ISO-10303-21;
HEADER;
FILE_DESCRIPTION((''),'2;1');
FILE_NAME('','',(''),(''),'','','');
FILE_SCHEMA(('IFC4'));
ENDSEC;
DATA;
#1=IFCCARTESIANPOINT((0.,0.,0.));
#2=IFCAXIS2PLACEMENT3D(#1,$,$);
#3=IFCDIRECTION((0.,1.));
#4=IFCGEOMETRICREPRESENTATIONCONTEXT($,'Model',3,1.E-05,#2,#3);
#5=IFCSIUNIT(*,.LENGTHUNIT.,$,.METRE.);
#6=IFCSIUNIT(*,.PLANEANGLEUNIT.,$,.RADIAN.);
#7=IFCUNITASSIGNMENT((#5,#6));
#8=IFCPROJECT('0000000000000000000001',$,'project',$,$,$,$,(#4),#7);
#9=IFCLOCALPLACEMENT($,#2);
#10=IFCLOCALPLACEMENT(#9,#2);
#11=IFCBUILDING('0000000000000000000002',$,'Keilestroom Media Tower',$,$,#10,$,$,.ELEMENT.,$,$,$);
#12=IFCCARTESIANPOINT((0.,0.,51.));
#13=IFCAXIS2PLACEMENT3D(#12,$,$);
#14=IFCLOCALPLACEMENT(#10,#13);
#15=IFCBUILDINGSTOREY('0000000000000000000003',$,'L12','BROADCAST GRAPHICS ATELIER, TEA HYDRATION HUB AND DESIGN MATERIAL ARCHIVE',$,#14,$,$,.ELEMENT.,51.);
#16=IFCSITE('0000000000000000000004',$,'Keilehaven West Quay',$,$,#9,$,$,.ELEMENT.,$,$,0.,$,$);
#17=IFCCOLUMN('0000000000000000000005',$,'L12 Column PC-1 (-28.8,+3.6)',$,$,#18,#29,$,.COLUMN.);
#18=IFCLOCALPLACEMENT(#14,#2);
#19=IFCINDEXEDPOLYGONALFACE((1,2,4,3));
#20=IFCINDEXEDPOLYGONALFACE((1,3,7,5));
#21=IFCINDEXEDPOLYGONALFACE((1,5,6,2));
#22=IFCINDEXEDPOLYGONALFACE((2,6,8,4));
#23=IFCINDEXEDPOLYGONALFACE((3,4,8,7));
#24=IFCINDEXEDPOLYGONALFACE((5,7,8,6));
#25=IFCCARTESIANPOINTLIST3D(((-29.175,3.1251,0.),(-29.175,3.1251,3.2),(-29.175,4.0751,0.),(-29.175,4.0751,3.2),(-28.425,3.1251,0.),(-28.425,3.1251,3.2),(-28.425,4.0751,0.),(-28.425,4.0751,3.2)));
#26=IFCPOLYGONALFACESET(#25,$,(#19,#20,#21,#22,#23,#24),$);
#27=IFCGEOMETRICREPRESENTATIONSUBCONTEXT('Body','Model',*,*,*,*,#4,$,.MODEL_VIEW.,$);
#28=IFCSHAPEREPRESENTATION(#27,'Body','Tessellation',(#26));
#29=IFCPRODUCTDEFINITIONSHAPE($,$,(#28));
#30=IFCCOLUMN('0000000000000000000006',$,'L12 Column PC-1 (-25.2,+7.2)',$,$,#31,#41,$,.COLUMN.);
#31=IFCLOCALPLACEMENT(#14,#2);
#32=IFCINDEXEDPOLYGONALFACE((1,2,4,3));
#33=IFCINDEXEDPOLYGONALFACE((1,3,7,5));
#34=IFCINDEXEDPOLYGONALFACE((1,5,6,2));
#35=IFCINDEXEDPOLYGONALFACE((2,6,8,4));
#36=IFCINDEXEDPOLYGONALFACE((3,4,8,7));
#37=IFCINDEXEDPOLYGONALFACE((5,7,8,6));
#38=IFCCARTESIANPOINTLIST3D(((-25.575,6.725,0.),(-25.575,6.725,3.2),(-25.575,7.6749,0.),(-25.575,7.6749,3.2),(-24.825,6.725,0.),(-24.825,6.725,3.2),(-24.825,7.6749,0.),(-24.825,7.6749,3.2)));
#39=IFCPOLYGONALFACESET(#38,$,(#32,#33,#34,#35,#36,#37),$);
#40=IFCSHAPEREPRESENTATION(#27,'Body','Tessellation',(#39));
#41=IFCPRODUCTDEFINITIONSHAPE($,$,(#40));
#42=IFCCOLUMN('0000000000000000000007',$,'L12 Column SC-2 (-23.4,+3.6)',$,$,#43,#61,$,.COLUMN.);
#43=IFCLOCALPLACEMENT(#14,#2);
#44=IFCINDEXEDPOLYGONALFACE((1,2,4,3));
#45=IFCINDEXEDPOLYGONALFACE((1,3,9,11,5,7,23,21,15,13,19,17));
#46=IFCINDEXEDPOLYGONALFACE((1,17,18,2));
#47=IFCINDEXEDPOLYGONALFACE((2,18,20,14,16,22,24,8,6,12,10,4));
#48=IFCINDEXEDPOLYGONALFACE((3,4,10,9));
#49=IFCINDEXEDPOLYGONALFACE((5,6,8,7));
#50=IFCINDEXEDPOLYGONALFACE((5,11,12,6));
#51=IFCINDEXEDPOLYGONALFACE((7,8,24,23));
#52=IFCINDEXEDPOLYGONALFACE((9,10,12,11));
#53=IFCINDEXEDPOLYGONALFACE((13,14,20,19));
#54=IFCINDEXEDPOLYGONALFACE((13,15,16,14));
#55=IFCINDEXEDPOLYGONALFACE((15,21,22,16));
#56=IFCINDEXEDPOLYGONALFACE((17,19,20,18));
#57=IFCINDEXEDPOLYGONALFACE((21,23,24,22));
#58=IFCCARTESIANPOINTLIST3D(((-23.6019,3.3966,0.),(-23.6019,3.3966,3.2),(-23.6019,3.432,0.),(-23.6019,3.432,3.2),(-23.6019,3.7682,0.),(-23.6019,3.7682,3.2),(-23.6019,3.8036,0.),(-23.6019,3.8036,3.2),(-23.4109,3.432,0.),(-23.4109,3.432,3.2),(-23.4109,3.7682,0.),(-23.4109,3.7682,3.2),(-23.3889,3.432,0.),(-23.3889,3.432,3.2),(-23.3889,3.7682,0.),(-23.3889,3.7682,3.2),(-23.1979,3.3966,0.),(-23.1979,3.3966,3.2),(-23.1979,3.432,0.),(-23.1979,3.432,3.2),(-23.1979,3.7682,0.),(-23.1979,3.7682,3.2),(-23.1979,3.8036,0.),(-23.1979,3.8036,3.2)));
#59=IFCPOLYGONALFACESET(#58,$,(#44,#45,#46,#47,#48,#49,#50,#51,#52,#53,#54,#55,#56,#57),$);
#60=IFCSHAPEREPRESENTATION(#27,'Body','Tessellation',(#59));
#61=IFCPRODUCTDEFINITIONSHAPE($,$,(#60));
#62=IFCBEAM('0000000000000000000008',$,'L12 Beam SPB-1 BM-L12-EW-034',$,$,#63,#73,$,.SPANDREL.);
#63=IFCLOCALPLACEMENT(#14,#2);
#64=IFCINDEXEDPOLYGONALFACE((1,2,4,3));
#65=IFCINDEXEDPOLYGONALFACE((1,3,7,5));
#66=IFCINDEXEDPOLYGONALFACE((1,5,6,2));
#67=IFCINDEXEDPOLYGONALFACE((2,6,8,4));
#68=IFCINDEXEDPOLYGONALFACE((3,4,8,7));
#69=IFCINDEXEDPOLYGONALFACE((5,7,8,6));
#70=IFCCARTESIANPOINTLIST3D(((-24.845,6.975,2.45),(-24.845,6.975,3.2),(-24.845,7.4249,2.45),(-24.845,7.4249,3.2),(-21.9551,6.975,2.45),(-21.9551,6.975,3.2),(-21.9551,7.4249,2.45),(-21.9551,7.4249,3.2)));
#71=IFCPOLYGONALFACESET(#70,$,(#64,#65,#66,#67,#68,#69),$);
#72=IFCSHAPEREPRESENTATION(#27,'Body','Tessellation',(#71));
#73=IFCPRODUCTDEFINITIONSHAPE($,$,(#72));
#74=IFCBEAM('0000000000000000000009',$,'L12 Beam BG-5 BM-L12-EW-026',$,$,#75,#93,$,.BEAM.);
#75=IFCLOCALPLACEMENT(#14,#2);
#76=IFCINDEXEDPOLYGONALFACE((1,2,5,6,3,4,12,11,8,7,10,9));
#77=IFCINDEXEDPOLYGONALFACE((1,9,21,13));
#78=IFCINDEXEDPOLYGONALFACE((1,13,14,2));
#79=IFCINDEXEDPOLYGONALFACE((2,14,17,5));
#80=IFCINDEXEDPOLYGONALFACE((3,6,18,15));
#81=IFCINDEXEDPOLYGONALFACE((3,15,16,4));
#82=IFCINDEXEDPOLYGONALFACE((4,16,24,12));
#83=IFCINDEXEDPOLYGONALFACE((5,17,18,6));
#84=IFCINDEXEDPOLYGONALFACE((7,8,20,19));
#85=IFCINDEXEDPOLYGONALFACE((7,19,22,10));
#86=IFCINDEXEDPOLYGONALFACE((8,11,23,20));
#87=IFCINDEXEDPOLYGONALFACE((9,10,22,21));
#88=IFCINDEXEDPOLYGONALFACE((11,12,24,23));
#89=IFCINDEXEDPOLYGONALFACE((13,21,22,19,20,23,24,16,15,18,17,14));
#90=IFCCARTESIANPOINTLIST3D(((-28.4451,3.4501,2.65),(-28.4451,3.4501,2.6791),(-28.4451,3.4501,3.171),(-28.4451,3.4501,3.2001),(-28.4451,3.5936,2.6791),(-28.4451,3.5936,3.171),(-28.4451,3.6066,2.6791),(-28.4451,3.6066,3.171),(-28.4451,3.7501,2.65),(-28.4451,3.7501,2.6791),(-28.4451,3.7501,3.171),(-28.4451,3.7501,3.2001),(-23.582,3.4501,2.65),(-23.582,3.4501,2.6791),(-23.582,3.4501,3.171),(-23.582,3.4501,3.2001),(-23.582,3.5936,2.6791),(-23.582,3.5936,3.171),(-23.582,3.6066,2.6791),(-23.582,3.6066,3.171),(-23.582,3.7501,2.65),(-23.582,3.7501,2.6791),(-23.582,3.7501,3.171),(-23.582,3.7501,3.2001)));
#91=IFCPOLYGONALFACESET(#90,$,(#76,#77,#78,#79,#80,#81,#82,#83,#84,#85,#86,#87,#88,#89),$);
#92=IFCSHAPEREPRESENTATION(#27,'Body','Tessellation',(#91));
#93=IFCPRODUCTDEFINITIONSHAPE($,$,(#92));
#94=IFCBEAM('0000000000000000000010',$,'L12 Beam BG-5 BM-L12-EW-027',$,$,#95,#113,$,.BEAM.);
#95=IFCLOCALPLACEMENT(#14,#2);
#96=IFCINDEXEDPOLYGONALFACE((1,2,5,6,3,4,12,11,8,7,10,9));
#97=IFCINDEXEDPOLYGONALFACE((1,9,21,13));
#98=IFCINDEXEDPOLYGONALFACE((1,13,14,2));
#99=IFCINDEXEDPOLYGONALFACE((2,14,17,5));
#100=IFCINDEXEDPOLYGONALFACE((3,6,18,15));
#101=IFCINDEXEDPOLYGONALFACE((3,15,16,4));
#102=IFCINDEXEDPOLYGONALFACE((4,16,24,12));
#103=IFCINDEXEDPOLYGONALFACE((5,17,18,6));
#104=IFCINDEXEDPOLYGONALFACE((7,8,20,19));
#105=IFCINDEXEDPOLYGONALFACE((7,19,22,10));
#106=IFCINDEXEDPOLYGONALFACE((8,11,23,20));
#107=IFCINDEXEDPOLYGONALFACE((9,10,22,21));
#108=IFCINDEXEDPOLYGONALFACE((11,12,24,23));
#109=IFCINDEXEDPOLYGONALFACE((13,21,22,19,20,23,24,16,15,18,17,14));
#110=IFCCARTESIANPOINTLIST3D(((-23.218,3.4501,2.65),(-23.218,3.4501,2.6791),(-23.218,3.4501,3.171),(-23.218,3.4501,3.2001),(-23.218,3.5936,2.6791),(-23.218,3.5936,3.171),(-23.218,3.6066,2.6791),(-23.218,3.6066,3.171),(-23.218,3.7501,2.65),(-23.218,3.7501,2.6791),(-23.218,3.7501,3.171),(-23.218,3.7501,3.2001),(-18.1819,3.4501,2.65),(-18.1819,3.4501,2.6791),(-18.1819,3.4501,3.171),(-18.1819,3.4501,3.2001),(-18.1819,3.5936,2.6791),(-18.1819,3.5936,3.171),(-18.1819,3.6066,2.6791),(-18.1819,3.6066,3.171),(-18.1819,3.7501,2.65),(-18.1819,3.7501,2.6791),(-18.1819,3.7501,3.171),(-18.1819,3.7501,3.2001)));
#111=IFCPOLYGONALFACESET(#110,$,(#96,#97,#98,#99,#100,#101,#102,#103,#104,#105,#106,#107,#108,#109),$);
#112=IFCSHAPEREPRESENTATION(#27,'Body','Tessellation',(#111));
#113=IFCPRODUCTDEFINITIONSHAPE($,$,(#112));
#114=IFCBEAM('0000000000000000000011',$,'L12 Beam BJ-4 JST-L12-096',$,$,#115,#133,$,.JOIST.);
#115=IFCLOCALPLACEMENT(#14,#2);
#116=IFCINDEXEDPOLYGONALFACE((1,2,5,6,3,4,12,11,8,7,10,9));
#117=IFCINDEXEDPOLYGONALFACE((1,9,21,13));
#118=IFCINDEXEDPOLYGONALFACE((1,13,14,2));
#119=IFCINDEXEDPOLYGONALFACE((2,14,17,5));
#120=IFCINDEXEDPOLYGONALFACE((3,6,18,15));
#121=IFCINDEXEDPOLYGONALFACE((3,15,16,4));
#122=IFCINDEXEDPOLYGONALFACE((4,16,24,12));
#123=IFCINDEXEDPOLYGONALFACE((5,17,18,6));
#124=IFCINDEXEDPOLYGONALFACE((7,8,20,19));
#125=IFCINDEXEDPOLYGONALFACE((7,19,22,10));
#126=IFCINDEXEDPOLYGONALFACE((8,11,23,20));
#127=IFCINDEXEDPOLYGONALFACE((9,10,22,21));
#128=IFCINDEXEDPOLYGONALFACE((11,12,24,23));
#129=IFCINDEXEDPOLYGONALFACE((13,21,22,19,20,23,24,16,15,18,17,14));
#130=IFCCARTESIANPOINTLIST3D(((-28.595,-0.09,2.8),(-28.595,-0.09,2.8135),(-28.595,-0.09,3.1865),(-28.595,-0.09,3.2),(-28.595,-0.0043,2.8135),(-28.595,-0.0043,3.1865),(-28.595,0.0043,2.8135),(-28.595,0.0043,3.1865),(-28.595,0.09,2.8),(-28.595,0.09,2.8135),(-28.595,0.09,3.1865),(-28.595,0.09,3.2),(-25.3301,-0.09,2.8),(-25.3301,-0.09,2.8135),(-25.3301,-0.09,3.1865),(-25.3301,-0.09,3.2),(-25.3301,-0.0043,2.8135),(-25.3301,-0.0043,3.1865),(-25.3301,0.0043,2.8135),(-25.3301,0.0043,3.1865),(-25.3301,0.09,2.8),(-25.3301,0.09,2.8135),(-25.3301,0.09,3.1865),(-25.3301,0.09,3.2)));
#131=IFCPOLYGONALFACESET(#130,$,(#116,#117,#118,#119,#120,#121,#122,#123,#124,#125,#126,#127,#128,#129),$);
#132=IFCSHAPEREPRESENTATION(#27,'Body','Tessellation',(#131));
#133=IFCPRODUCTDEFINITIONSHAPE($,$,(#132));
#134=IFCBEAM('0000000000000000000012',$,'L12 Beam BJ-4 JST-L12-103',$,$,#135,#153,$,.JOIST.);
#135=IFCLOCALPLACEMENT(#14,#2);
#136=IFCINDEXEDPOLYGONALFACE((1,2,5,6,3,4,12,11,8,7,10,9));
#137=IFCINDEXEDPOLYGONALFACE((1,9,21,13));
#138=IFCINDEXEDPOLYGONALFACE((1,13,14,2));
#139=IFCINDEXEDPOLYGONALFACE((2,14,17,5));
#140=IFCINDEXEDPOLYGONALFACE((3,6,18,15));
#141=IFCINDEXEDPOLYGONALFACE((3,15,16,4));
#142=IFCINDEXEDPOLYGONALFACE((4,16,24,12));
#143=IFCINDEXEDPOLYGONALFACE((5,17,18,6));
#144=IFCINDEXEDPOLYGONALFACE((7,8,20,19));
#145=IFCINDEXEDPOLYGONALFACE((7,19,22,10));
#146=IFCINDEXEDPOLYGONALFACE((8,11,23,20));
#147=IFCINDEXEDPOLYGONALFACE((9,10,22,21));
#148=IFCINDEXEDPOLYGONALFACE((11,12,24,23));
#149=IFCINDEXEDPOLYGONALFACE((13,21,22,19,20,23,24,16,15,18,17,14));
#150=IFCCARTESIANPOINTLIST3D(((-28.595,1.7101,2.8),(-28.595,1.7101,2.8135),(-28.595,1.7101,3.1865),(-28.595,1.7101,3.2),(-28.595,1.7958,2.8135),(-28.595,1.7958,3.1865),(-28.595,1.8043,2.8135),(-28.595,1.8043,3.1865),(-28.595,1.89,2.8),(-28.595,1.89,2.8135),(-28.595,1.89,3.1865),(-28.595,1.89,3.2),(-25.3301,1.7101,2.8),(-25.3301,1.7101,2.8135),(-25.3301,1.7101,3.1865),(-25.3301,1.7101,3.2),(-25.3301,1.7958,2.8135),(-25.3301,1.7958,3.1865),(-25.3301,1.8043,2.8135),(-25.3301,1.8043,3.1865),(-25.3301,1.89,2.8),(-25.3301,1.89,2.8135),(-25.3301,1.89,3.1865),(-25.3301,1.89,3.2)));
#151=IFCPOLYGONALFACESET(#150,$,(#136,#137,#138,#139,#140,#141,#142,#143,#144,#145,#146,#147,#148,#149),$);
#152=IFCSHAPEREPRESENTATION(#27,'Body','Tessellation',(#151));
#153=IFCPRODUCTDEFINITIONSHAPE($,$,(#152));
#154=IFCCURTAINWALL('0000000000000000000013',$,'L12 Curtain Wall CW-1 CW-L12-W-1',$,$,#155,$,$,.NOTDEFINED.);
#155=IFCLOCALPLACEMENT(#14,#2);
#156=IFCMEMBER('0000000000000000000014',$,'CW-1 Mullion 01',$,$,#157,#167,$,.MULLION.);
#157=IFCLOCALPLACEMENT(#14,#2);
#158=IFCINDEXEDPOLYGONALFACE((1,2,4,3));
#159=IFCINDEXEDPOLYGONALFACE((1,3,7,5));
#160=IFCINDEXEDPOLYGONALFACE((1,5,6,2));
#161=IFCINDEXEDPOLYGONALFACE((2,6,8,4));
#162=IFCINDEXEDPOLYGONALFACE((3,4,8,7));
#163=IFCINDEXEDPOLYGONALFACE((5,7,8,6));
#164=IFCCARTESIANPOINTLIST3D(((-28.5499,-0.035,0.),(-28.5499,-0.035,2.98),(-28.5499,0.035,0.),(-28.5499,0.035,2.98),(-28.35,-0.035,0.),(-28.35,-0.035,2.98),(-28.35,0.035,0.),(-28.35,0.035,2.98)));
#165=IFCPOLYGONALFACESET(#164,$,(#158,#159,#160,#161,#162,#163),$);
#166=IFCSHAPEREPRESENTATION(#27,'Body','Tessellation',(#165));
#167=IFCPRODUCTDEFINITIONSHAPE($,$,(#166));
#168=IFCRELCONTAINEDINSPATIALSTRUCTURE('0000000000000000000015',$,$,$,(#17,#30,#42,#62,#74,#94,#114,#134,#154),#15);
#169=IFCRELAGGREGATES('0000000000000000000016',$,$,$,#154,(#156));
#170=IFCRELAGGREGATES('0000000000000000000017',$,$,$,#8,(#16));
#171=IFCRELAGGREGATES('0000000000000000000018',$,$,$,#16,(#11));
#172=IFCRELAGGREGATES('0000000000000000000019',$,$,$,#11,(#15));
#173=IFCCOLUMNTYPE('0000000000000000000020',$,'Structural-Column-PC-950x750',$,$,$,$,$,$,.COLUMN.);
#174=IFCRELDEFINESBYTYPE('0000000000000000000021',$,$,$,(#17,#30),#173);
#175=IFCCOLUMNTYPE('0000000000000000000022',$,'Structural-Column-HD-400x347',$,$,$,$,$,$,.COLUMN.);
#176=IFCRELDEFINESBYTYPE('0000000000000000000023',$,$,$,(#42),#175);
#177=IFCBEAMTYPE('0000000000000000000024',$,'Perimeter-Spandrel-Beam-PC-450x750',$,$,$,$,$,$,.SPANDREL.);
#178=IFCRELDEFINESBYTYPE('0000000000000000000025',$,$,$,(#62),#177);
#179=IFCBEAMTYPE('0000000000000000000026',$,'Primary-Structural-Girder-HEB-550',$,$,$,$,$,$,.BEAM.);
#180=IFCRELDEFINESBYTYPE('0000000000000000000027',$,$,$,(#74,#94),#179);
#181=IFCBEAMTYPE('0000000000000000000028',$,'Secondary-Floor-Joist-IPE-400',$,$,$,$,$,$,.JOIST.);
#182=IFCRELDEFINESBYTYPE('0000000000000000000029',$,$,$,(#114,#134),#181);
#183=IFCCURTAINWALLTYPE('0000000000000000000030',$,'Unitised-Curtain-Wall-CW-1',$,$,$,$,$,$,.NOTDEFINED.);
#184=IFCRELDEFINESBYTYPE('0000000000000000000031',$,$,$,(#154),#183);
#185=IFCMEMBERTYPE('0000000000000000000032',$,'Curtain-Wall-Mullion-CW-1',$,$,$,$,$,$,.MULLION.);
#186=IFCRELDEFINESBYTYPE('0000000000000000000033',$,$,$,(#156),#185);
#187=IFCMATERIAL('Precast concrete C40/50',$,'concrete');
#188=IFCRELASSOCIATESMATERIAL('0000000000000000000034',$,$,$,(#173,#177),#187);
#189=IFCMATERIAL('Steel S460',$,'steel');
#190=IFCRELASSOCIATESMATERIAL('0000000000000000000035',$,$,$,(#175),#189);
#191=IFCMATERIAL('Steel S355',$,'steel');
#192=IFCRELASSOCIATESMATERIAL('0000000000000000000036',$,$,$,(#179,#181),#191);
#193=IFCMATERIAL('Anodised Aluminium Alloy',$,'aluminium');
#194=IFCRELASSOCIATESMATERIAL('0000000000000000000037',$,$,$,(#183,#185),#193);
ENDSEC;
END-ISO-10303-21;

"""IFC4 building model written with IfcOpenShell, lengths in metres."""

from ifc_helpers import new_model, si_unit, direction, frame, origin, origin_2d, place, context, subcontext, project, spatial, rectangle, i_section, extrude, source, transform, mapped, material, material_profile, profile_set, type_object, element, aggregate, save


model = new_model("IFC4")

# Units and contexts
model_context = context("Model", 3, precision=1e-05, world=origin(), true_north=direction((0.0, 1.0)))
body_context = subcontext(model_context, "Body", "Model", "MODEL_VIEW")
ifc_project = project(units=[si_unit("LENGTHUNIT", "METRE"), si_unit("PLANEANGLEUNIT", "RADIAN")], contexts=[model_context])

# Site, building, storey
site_placement = place(None, origin())
site = spatial("IfcSite", under=ifc_project, at=site_placement, Name="Keilehaven West Quay", CompositionType="ELEMENT", RefElevation=0.0)
building_placement = place(site_placement, origin())
building = spatial("IfcBuilding", under=site, at=building_placement, Name="Keilestroom Media Tower", CompositionType="ELEMENT")
storey_placement = place(building_placement, frame((0.0, 0.0, 51.0)))
storey = spatial("IfcBuildingStorey", under=building, at=storey_placement, Name="L12", Description="BROADCAST GRAPHICS ATELIER, TEA HYDRATION HUB AND DESIGN MATERIAL ARCHIVE", CompositionType="ELEMENT", Elevation=51.0)

# Columns
ifc_material_1 = material(Name="Precast concrete C40/50", Category="concrete")
ifc_material_profile_1 = material_profile(ifc_material_1, rectangle(XDim=0.75, YDim=0.95, at=origin_2d()), Name="PC 950x750")
ifc_profile_set_1 = profile_set([ifc_material_profile_1], Name="Precast concrete C40/50")
column_type_1 = type_object("IfcColumnType", Name="Structural-Column-PC-950x750", PredefinedType="COLUMN", material=ifc_profile_set_1)
shared_shape_1 = source(origin(), body_context, "Body", "SweptSolid", [
    extrude(rectangle(XDim=0.75, YDim=0.95, at=origin_2d()), origin(), (0.0, 0.0, 1.0), 3.2),
])
for number, where, z_axis, x_axis, name in (
    (1, (-28.8, 3.6001, 0.0), (0.0, 0.0, 1.0), (1.0, 0.0, 0.0), "L12 Column PC-1 (-28.8,+3.6)"),
    (2, (-25.2, 7.2, 0.0), (0.0, 0.0, 1.0), (1.0, 0.0, 0.0), "L12 Column PC-1 (-25.2,+7.2)"),
):
    element("IfcColumn", number, at=place(storey_placement, frame(where, z_axis=z_axis, x_axis=x_axis)), inside=storey, type_object=column_type_1, Name=name, PredefinedType="COLUMN", context=body_context, shape_type="MappedRepresentation", body=[
        mapped(shared_shape_1, transform((0.0, 0.0, 0.0), x_axis=(1.0, 0.0, 0.0), y_axis=(0.0, 1.0, 0.0), z_axis=(0.0, 0.0, 1.0), scale=1.0)),
    ])
ifc_material_2 = material(Name="Steel S460", Category="steel")
ifc_material_profile_2 = material_profile(ifc_material_2, i_section(OverallWidth=0.4041, OverallDepth=0.407, WebThickness=0.022, FlangeThickness=0.0354, at=origin_2d()), Name="HD 400x347")
ifc_profile_set_2 = profile_set([ifc_material_profile_2], Name="Steel S460")
column_type_2 = type_object("IfcColumnType", Name="Structural-Column-HD-400x347", PredefinedType="COLUMN", material=ifc_profile_set_2)
shared_shape_2 = source(origin(), body_context, "Body", "SweptSolid", [
    extrude(i_section(OverallWidth=0.4041, OverallDepth=0.407, WebThickness=0.022, FlangeThickness=0.0354, at=origin_2d()), origin(), (0.0, 0.0, 1.0), 3.2),
])
column_placement = place(storey_placement, frame((-23.3999, 3.6001, 0.0), z_axis=(0.0, 0.0, 1.0), x_axis=(1.0, 0.0, 0.0)))
element("IfcColumn", 3, at=column_placement, inside=storey, type_object=column_type_2, Name="L12 Column SC-2 (-23.4,+3.6)", PredefinedType="COLUMN", context=body_context, shape_type="MappedRepresentation", body=[
    mapped(shared_shape_2, transform((0.0, 0.0, 0.0), x_axis=(1.0, 0.0, 0.0), y_axis=(0.0, 1.0, 0.0), z_axis=(0.0, 0.0, 1.0), scale=1.0)),
])

# Beams
ifc_material_profile_3 = material_profile(ifc_material_1, rectangle(XDim=0.45, YDim=0.75, at=origin_2d()), Name="PC 450x750")
ifc_profile_set_3 = profile_set([ifc_material_profile_3], Name="Precast concrete C40/50")
beam_type_1 = type_object("IfcBeamType", Name="Perimeter-Spandrel-Beam-PC-450x750", PredefinedType="SPANDREL", material=ifc_profile_set_3)
shared_shape_3 = source(origin(), body_context, "Body", "SweptSolid", [
    extrude(rectangle(XDim=0.45, YDim=0.75, at=origin_2d()), origin(), (0.0, 0.0, 1.0), 2.8899),
])
beam_1_placement = place(storey_placement, frame((-24.845, 7.2, 2.825), z_axis=(1.0, 0.0, 0.0), x_axis=(0.0, 1.0, 0.0)))
element("IfcBeam", 4, at=beam_1_placement, inside=storey, type_object=beam_type_1, Name="L12 Beam SPB-1 BM-L12-EW-034", PredefinedType="SPANDREL", context=body_context, shape_type="MappedRepresentation", body=[
    mapped(shared_shape_3, transform((0.0, 0.0, 0.0), x_axis=(1.0, 0.0, 0.0), y_axis=(0.0, 1.0, 0.0), z_axis=(0.0, 0.0, 1.0), scale=1.0)),
])
ifc_material_3 = material(Name="Steel S355", Category="steel")
ifc_material_profile_4 = material_profile(ifc_material_3, i_section(OverallWidth=0.3, OverallDepth=0.55, WebThickness=0.0129, FlangeThickness=0.0291, at=origin_2d()), Name="HEB 550")
ifc_profile_set_4 = profile_set([ifc_material_profile_4], Name="Steel S355")
beam_type_2 = type_object("IfcBeamType", Name="Primary-Structural-Girder-HEB-550", PredefinedType="BEAM", material=ifc_profile_set_4)
shared_shape_4 = source(origin(), body_context, "Body", "SweptSolid", [
    extrude(i_section(OverallWidth=0.3, OverallDepth=0.55, WebThickness=0.0129, FlangeThickness=0.0291, at=origin_2d()), origin(), (0.0, 0.0, 1.0), 4.863),
])
beam_2_placement = place(storey_placement, frame((-28.4451, 3.6001, 2.925), z_axis=(1.0, 0.0, 0.0), x_axis=(0.0, 1.0, 0.0)))
element("IfcBeam", 5, at=beam_2_placement, inside=storey, type_object=beam_type_2, Name="L12 Beam BG-5 BM-L12-EW-026", PredefinedType="BEAM", context=body_context, shape_type="MappedRepresentation", body=[
    mapped(shared_shape_4, transform((0.0, 0.0, 0.0), x_axis=(1.0, 0.0, 0.0), y_axis=(0.0, 1.0, 0.0), z_axis=(0.0, 0.0, 1.0), scale=1.0)),
])
shared_shape_5 = source(origin(), body_context, "Body", "SweptSolid", [
    extrude(i_section(OverallWidth=0.3, OverallDepth=0.55, WebThickness=0.0129, FlangeThickness=0.0291, at=origin_2d()), origin(), (0.0, 0.0, 1.0), 5.0361),
])
beam_3_placement = place(storey_placement, frame((-23.218, 3.6001, 2.925), z_axis=(1.0, 0.0, 0.0), x_axis=(0.0, 1.0, 0.0)))
element("IfcBeam", 6, at=beam_3_placement, inside=storey, type_object=beam_type_2, Name="L12 Beam BG-5 BM-L12-EW-027", PredefinedType="BEAM", context=body_context, shape_type="MappedRepresentation", body=[
    mapped(shared_shape_5, transform((0.0, 0.0, 0.0), x_axis=(1.0, 0.0, 0.0), y_axis=(0.0, 1.0, 0.0), z_axis=(0.0, 0.0, 1.0), scale=1.0)),
])
ifc_material_profile_5 = material_profile(ifc_material_3, i_section(OverallWidth=0.1799, OverallDepth=0.3999, WebThickness=0.0085, FlangeThickness=0.0134, at=origin_2d()), Name="IPE 400")
ifc_profile_set_5 = profile_set([ifc_material_profile_5], Name="Steel S355")
beam_type_3 = type_object("IfcBeamType", Name="Secondary-Floor-Joist-IPE-400", PredefinedType="JOIST", material=ifc_profile_set_5)
shared_shape_6 = source(origin(), body_context, "Body", "SweptSolid", [
    extrude(i_section(OverallWidth=0.1799, OverallDepth=0.3999, WebThickness=0.0085, FlangeThickness=0.0134, at=origin_2d()), origin(), (0.0, 0.0, 1.0), 3.2649),
])
for number, where, z_axis, x_axis, name in (
    (7, (-28.595, 0.0, 3.0), (1.0, 0.0, 0.0), (0.0, 1.0, 0.0), "L12 Beam BJ-4 JST-L12-096"),
    (8, (-28.595, 1.8, 3.0), (1.0, 0.0, 0.0), (0.0, 1.0, 0.0), "L12 Beam BJ-4 JST-L12-103"),
):
    element("IfcBeam", number, at=place(storey_placement, frame(where, z_axis=z_axis, x_axis=x_axis)), inside=storey, type_object=beam_type_3, Name=name, PredefinedType="JOIST", context=body_context, shape_type="MappedRepresentation", body=[
        mapped(shared_shape_6, transform((0.0, 0.0, 0.0), x_axis=(1.0, 0.0, 0.0), y_axis=(0.0, 1.0, 0.0), z_axis=(0.0, 0.0, 1.0), scale=1.0)),
    ])

# Curtain wall, member
ifc_material_4 = material(Name="Anodised Aluminium Alloy", Category="aluminium")
curtain_wall_type = type_object("IfcCurtainWallType", Name="Unitised-Curtain-Wall-CW-1", PredefinedType="NOTDEFINED", material=ifc_material_4)
curtain_wall_1_placement = place(storey_placement, origin())
curtain_wall_1 = element("IfcCurtainWall", 9, at=curtain_wall_1_placement, inside=storey, type_object=curtain_wall_type, Name="L12 Curtain Wall CW-1 CW-L12-W-1", PredefinedType="NOTDEFINED")
ifc_material_profile_6 = material_profile(ifc_material_4, rectangle(XDim=0.0701, YDim=0.2, at=origin_2d()), Name="ALU MULLION 70x200")
ifc_profile_set_6 = profile_set([ifc_material_profile_6], Name="Anodised Aluminium Alloy")
member_type_1 = type_object("IfcMemberType", Name="Curtain-Wall-Mullion-CW-1", PredefinedType="MULLION", material=ifc_profile_set_6)
shared_shape_7 = source(origin(), body_context, "Body", "SweptSolid", [
    extrude(rectangle(XDim=0.0701, YDim=0.2, at=origin_2d()), origin(), (0.0, 0.0, 1.0), 2.98),
])
member_1_placement = place(storey_placement, frame((-28.45, 0.0, 0.0), z_axis=(0.0, 0.0, 1.0), x_axis=(0.0, 1.0, 0.0)))
member_1 = element("IfcMember", 10, at=member_1_placement, type_object=member_type_1, Name="CW-1 Mullion 01", PredefinedType="MULLION", context=body_context, shape_type="MappedRepresentation", body=[
    mapped(shared_shape_7, transform((0.0, 0.0, 0.0), x_axis=(1.0, 0.0, 0.0), y_axis=(0.0, 1.0, 0.0), z_axis=(0.0, 0.0, 1.0), scale=1.0)),
])

aggregate(curtain_wall_1, [member_1])

save(model, "model.ifc")
